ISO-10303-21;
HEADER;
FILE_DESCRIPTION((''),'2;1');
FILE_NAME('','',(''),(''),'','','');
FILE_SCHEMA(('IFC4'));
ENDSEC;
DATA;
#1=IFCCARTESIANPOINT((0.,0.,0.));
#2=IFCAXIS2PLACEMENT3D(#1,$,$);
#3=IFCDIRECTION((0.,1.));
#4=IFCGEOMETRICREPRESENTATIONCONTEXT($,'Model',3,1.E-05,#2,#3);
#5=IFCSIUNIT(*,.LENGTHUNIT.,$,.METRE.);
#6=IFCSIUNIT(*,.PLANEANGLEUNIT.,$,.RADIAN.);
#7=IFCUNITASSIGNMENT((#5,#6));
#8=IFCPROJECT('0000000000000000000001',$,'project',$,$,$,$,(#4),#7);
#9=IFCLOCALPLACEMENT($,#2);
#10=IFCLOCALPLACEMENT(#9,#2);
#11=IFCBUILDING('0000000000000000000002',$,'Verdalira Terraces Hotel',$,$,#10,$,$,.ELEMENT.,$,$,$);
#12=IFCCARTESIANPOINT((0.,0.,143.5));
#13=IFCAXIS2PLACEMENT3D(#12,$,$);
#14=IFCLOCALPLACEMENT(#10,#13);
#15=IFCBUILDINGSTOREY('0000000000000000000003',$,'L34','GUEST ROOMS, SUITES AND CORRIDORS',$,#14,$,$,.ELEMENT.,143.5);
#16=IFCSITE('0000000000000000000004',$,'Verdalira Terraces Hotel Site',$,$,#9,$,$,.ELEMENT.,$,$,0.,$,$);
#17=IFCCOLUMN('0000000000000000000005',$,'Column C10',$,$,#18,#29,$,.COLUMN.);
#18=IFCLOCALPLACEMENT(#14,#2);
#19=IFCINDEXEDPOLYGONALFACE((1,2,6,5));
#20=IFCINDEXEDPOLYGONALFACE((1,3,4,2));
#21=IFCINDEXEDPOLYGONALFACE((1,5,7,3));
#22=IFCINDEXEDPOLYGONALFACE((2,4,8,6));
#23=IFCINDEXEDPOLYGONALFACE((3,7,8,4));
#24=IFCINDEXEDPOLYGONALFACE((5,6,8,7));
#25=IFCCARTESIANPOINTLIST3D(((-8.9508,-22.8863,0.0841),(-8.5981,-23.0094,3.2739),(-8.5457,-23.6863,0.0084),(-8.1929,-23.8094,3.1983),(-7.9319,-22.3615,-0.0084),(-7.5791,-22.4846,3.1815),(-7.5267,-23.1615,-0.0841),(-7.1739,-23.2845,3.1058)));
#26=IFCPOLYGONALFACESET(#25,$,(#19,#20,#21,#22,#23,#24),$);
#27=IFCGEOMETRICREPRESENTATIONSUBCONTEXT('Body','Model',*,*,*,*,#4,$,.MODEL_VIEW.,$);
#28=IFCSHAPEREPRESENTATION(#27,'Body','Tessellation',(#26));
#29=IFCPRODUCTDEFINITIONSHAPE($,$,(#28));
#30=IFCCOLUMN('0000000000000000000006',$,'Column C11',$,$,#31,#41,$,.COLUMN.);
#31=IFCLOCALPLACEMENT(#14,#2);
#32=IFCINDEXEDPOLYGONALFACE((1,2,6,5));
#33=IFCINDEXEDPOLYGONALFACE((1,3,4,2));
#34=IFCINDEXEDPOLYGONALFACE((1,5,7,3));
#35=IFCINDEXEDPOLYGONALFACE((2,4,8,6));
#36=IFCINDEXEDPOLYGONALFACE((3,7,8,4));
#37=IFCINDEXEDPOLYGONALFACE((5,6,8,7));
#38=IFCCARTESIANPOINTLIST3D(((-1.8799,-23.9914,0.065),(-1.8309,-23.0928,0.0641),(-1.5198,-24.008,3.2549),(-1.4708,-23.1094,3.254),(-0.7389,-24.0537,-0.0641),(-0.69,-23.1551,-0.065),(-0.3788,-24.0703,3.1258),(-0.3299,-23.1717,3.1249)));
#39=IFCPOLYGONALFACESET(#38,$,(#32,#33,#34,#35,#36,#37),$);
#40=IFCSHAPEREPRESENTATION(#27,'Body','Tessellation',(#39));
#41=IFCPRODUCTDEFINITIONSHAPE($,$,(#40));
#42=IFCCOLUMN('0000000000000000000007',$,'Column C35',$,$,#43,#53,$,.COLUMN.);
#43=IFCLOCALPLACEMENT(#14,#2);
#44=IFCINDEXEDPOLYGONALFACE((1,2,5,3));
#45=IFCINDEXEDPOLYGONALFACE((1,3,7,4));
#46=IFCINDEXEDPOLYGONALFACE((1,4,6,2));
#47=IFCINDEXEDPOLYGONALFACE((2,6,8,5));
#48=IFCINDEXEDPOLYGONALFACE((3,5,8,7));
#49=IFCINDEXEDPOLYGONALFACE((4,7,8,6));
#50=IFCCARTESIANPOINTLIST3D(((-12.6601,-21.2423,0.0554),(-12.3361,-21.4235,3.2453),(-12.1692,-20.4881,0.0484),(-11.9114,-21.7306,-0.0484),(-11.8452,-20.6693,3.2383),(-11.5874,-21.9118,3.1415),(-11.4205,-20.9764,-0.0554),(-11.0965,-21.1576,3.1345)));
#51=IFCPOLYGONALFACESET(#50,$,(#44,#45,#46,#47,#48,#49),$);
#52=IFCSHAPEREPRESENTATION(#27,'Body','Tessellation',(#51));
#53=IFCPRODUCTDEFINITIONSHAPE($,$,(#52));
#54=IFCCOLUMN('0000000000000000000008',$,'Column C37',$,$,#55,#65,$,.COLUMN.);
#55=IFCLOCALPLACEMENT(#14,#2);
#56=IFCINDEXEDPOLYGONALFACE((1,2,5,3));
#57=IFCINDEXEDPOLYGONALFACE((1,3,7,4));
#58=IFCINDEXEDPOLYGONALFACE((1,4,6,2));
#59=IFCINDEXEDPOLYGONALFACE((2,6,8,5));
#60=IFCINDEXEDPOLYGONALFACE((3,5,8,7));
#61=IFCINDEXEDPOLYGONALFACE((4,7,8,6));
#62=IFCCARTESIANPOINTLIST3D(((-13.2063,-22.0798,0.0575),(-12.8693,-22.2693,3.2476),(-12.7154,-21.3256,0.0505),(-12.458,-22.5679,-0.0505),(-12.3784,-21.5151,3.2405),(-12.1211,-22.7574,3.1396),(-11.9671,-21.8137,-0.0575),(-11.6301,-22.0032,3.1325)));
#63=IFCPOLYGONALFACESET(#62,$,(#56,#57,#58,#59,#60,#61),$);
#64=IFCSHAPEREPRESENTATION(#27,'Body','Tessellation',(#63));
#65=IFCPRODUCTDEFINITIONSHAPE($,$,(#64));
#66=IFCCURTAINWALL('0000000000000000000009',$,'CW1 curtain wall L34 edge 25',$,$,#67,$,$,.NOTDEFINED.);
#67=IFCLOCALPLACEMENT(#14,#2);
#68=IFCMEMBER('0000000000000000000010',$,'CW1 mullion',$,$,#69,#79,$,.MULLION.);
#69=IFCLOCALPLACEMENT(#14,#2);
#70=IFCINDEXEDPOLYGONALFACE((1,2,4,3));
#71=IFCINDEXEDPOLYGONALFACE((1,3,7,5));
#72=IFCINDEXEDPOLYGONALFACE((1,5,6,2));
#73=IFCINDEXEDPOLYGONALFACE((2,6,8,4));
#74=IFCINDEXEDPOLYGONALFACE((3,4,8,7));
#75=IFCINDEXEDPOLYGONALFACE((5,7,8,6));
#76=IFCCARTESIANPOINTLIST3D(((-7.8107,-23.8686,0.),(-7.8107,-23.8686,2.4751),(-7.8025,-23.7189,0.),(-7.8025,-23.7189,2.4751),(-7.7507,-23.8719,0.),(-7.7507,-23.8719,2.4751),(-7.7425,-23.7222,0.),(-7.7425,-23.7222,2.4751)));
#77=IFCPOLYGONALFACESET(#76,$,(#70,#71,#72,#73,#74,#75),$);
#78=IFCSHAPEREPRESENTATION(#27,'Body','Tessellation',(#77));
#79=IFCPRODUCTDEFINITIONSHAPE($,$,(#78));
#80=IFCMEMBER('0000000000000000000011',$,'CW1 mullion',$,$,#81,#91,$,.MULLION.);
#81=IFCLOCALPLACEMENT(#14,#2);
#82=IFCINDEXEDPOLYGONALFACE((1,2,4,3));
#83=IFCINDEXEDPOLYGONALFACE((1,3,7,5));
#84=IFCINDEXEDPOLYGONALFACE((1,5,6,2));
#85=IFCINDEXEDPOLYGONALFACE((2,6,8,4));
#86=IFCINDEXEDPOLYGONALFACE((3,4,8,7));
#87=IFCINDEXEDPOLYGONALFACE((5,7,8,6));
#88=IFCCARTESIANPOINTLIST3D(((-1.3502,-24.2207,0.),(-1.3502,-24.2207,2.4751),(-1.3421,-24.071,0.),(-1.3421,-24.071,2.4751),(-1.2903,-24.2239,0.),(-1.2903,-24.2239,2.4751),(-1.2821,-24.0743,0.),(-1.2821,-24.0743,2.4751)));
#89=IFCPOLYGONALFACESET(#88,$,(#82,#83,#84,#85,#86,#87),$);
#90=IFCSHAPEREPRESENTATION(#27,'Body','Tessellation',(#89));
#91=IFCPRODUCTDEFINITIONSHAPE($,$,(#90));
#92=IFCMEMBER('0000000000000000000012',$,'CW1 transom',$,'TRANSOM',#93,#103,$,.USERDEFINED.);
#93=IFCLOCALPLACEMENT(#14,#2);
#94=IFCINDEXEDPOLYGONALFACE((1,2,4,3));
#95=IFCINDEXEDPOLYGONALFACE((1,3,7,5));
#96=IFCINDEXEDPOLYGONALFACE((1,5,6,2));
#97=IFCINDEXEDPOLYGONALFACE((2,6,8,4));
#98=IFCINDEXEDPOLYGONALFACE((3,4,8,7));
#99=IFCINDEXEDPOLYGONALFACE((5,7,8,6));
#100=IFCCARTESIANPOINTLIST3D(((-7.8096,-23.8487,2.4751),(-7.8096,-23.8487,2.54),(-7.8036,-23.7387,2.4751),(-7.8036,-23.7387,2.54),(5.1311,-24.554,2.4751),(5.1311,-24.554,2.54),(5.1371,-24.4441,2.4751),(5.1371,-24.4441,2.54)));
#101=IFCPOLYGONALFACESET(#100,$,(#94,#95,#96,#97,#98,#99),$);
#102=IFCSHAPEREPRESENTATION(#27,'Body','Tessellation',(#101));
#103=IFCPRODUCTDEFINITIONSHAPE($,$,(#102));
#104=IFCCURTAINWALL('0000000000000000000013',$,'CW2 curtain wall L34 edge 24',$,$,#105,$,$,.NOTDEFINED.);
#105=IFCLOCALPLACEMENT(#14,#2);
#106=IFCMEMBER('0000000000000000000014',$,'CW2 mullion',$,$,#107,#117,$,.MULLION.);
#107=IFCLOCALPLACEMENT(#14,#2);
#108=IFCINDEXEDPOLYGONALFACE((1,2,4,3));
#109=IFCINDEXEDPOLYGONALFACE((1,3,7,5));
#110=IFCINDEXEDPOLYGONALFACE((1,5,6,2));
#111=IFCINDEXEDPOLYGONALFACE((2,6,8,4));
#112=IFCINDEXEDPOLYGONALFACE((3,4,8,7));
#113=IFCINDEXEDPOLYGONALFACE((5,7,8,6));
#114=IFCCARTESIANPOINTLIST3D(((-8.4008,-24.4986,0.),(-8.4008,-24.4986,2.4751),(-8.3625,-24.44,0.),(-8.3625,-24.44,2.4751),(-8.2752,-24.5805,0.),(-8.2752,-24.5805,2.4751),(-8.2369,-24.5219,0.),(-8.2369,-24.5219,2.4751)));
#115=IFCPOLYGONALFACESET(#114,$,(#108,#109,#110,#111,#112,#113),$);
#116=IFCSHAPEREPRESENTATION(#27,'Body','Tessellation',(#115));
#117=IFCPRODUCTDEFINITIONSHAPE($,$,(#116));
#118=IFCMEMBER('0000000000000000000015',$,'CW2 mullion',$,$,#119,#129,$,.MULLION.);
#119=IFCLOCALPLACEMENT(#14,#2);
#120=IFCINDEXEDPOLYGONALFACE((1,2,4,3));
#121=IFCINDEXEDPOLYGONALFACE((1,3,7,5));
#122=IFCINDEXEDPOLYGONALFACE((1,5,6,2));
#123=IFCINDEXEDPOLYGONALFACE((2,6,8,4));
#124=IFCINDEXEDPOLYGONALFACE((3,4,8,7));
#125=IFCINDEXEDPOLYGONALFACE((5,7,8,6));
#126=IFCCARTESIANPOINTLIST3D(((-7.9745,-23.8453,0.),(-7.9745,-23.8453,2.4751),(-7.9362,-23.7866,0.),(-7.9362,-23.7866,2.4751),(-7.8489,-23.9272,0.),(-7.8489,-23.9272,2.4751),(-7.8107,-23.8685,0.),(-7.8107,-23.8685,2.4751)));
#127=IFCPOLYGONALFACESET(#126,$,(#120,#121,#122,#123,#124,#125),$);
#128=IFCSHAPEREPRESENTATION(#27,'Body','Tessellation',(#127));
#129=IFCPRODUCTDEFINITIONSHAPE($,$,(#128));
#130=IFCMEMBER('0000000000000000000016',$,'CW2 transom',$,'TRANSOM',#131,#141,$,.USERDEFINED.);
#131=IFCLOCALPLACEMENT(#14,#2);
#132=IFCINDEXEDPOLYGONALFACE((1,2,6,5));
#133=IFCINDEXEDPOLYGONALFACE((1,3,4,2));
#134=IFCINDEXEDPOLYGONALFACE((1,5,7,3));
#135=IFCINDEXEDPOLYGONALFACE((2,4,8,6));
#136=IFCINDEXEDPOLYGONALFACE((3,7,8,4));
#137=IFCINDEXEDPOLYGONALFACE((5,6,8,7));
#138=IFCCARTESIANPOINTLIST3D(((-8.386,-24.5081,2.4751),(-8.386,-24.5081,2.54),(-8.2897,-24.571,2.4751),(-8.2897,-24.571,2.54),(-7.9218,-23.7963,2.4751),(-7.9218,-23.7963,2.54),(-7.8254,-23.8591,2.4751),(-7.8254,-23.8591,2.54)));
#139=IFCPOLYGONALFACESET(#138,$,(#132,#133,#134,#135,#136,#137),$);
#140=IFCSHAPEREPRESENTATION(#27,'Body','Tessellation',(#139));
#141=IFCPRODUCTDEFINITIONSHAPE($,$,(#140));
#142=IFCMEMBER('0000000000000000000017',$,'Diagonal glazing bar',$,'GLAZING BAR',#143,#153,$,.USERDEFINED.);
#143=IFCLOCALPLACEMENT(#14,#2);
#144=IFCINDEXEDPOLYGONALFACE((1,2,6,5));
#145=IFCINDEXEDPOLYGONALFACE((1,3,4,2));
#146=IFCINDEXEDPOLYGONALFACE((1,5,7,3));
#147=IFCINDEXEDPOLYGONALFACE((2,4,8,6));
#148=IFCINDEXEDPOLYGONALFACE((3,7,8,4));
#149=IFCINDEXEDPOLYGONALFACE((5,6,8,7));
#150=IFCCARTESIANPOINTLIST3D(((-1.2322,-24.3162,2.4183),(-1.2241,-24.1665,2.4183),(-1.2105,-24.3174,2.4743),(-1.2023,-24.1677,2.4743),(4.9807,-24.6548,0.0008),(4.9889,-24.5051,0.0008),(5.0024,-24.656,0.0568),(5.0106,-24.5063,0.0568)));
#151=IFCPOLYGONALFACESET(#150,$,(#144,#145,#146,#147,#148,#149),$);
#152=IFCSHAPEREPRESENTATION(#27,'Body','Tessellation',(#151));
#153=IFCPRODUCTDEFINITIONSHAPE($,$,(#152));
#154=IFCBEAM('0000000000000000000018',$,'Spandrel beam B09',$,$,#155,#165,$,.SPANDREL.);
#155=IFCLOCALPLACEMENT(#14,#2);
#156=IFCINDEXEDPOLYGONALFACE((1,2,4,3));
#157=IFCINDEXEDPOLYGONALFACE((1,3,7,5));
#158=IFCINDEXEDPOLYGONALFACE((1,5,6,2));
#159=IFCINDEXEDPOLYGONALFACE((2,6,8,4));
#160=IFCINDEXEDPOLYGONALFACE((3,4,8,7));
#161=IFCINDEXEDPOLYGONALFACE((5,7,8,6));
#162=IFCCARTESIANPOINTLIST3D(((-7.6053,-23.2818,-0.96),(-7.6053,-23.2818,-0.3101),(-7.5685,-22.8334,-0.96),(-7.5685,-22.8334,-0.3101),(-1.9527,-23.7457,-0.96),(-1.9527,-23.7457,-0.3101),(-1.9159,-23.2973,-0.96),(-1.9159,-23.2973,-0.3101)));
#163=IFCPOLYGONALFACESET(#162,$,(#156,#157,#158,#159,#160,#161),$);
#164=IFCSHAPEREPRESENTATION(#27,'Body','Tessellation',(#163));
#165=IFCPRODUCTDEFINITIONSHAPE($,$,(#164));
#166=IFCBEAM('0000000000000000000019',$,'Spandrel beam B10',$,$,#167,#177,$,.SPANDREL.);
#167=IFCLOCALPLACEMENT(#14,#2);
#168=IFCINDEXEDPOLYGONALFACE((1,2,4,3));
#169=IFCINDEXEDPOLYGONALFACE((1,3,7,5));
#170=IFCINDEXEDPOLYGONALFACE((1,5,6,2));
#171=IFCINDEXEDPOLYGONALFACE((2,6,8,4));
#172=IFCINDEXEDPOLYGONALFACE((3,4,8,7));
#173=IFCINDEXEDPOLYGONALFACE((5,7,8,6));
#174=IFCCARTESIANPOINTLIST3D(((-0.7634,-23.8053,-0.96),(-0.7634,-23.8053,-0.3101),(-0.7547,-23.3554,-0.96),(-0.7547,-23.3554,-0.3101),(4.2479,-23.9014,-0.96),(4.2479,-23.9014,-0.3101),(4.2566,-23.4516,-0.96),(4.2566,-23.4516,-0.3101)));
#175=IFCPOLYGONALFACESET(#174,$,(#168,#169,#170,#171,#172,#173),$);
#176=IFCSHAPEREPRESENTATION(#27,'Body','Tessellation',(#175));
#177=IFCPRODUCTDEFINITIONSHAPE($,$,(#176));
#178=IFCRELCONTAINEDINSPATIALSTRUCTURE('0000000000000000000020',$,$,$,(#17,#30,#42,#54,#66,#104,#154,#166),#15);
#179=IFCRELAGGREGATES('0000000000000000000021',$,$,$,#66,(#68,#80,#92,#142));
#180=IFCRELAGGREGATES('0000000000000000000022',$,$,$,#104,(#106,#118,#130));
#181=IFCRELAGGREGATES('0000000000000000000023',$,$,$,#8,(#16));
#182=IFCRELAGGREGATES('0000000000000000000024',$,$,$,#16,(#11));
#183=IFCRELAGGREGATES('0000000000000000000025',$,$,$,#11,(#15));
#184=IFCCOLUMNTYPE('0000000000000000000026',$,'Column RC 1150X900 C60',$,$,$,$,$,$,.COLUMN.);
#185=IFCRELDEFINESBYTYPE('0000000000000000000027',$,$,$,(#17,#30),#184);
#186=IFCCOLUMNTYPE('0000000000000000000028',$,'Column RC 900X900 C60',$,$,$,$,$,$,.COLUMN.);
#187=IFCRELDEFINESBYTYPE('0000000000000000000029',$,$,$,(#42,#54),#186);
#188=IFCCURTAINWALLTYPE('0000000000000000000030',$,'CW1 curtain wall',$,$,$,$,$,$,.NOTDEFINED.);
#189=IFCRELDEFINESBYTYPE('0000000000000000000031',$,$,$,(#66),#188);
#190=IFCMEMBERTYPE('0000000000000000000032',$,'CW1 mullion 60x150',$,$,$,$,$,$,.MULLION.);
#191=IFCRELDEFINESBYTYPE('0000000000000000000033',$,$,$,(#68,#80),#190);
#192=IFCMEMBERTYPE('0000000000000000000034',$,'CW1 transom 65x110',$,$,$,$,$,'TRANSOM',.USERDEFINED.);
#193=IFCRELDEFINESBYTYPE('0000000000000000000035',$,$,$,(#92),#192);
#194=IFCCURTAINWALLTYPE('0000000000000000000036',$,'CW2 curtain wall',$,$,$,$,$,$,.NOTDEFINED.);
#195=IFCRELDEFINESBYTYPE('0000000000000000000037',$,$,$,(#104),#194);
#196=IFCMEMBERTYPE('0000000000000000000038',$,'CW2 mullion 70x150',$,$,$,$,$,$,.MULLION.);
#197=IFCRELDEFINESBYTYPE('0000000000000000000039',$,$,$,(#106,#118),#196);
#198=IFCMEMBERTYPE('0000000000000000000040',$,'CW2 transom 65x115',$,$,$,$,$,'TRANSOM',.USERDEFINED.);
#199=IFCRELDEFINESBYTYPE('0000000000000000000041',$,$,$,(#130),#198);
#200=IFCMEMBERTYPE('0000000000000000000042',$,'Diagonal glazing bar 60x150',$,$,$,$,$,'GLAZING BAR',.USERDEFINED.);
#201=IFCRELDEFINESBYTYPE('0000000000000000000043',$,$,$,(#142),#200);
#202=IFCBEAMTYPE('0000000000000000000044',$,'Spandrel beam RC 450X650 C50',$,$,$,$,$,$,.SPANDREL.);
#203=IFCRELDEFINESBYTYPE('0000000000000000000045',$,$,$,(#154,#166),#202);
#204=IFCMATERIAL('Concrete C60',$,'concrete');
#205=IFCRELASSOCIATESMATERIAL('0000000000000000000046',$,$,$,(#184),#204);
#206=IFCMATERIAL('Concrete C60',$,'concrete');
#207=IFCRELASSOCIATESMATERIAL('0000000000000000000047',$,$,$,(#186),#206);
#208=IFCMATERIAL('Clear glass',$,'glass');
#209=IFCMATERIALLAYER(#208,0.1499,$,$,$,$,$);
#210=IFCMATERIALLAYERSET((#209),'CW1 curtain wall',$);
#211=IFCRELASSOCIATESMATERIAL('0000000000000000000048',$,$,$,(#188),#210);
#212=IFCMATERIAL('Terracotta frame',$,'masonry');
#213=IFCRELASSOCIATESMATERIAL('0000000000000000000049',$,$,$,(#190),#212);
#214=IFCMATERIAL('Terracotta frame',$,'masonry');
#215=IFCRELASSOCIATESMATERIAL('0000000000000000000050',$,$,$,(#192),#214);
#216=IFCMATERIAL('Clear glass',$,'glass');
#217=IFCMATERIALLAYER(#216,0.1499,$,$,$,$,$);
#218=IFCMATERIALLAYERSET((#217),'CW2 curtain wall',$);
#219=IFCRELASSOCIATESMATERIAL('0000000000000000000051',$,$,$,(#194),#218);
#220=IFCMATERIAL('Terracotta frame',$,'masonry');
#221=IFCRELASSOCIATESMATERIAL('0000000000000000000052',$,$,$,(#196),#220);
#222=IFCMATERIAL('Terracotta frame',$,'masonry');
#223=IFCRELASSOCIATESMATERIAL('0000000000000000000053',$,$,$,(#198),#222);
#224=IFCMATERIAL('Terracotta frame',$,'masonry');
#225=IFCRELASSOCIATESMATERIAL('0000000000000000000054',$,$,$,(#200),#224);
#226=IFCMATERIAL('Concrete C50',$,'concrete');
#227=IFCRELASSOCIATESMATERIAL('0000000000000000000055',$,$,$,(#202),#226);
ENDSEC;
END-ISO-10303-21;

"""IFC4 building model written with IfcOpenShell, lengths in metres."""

from ifc_helpers import new_model, si_unit, direction, frame, origin, origin_2d, place, context, subcontext, project, spatial, rectangle, extrude, material, layer, layer_set, material_profile, profile_set, type_object, element, aggregate, save


model = new_model("IFC4")

# Units and contexts
model_context = context("Model", 3, precision=1e-05, world=origin(), true_north=direction((0.0, 1.0)))
body_context = subcontext(model_context, "Body", "Model", "MODEL_VIEW")
ifc_project = project(units=[si_unit("LENGTHUNIT", "METRE"), si_unit("PLANEANGLEUNIT", "RADIAN")], contexts=[model_context])

# Site, building, storey
site_placement = place(None, origin())
site = spatial("IfcSite", under=ifc_project, at=site_placement, Name="Verdalira Terraces Hotel Site", CompositionType="ELEMENT", RefElevation=0.0)
building_placement = place(site_placement, origin())
building = spatial("IfcBuilding", under=site, at=building_placement, Name="Verdalira Terraces Hotel", CompositionType="ELEMENT")
storey_placement = place(building_placement, frame((0.0, 0.0, 143.5)))
storey = spatial("IfcBuildingStorey", under=building, at=storey_placement, Name="L34", Description="GUEST ROOMS, SUITES AND CORRIDORS", CompositionType="ELEMENT", Elevation=143.5)

# Columns
ifc_material_1 = material(Name="Concrete C60", Category="concrete")
ifc_material_profile_1 = material_profile(ifc_material_1, rectangle(XDim=1.1499, YDim=0.8999, at=origin_2d()), Name="RC 1150X900")
ifc_profile_set_1 = profile_set([ifc_material_profile_1], Name="Concrete C60")
column_type_1 = type_object("IfcColumnType", Name="Column RC 1150X900 C60", PredefinedType="COLUMN", material=ifc_profile_set_1)
column_1_placement = place(storey_placement, frame((-8.2388, -23.0239, 0.0), z_axis=(0.109842, -0.038312, 0.99321), x_axis=(-0.886136, -0.456399, 0.080395)))
element("IfcColumn", 1, at=column_1_placement, inside=storey, type_object=column_type_1, Name="Column C10", PredefinedType="COLUMN", context=body_context, shape_type="SweptSolid", body=[
    extrude(rectangle(XDim=1.1499, YDim=0.8999, at=origin_2d()), origin(), (0.0, 0.0, 1.0), 3.2117),
])
column_2_placement = place(storey_placement, frame((-1.2849, -23.5732, 0.0), z_axis=(0.112174, -0.005171, 0.993675), x_axis=(0.992197, -0.054183, -0.11229)))
element("IfcColumn", 2, at=column_2_placement, inside=storey, type_object=column_type_1, Name="Column C11", PredefinedType="COLUMN", context=body_context, shape_type="SweptSolid", body=[
    extrude(rectangle(XDim=1.1499, YDim=0.8999, at=origin_2d()), origin(), (0.0, 0.0, 1.0), 3.2102),
])
ifc_material_2 = material(Name="Concrete C60", Category="concrete")
ifc_material_profile_2 = material_profile(ifc_material_2, rectangle(XDim=0.8999, YDim=0.8999, at=origin_2d()), Name="RC 900X900")
ifc_profile_set_2 = profile_set([ifc_material_profile_2], Name="Concrete C60")
column_type_2 = type_object("IfcColumnType", Name="Column RC 900X900 C60", PredefinedType="COLUMN", material=ifc_profile_set_2)
column_3_placement = place(storey_placement, frame((-12.0403, -21.1094, 0.0), z_axis=(0.100881, -0.056408, 0.993298), x_axis=(-0.545511, -0.838067, 0.00781)))
element("IfcColumn", 3, at=column_3_placement, inside=storey, type_object=column_type_2, Name="Column C35", PredefinedType="COLUMN", context=body_context, shape_type="SweptSolid", body=[
    extrude(rectangle(XDim=0.8999, YDim=0.8999, at=origin_2d()), origin(), (0.0, 0.0, 1.0), 3.2114),
])
column_4_placement = place(storey_placement, frame((-12.5867, -21.9468, 0.0), z_axis=(0.104851, -0.05896, 0.992739), x_axis=(-0.545516, -0.838064, 0.007843)))
element("IfcColumn", 4, at=column_4_placement, inside=storey, type_object=column_type_2, Name="Column C37", PredefinedType="COLUMN", context=body_context, shape_type="SweptSolid", body=[
    extrude(rectangle(XDim=0.8999, YDim=0.8999, at=origin_2d()), origin(), (0.0, 0.0, 1.0), 3.2134),
])

# Curtain walls, members
ifc_material_3 = material(Name="Clear glass", Category="glass")
ifc_layer_1 = layer(ifc_material_3, 0.1499)
ifc_layer_set_1 = layer_set([ifc_layer_1], Name="CW1 curtain wall")
curtain_wall_type_1 = type_object("IfcCurtainWallType", Name="CW1 curtain wall", PredefinedType="NOTDEFINED", material=ifc_layer_set_1)
curtain_wall_1_placement = place(storey_placement, origin())
curtain_wall_1 = element("IfcCurtainWall", 5, at=curtain_wall_1_placement, inside=storey, type_object=curtain_wall_type_1, Name="CW1 curtain wall L34 edge 25", PredefinedType="NOTDEFINED")
ifc_material_4 = material(Name="Terracotta frame", Category="masonry")
ifc_material_profile_3 = material_profile(ifc_material_4, rectangle(XDim=0.0601, YDim=0.1499, at=origin_2d()), Name="MU 60x150")
ifc_profile_set_3 = profile_set([ifc_material_profile_3], Name="Terracotta frame")
member_type_1 = type_object("IfcMemberType", Name="CW1 mullion 60x150", PredefinedType="MULLION", material=ifc_profile_set_3)
member_1_placement = place(storey_placement, frame((-7.7766, -23.7954, 0.0), z_axis=(0.0, 0.0, 1.0), x_axis=(0.998518, -0.054427, 0.0)))
member_1 = element("IfcMember", 6, at=member_1_placement, type_object=member_type_1, Name="CW1 mullion", PredefinedType="MULLION", context=body_context, shape_type="SweptSolid", body=[
    extrude(rectangle(XDim=0.0601, YDim=0.1499, at=origin_2d()), origin(), (0.0, 0.0, 1.0), 2.4751),
])
member_2_placement = place(storey_placement, frame((-1.3162, -24.1475, 0.0), z_axis=(0.0, 0.0, 1.0), x_axis=(0.998518, -0.054427, 0.0)))
member_2 = element("IfcMember", 7, at=member_2_placement, type_object=member_type_1, Name="CW1 mullion", PredefinedType="MULLION", context=body_context, shape_type="SweptSolid", body=[
    extrude(rectangle(XDim=0.0601, YDim=0.1499, at=origin_2d()), origin(), (0.0, 0.0, 1.0), 2.4751),
])
ifc_material_5 = material(Name="Terracotta frame", Category="masonry")
ifc_material_profile_4 = material_profile(ifc_material_5, rectangle(XDim=0.1101, YDim=0.0649, at=origin_2d()), Name="TR 65x110")
ifc_profile_set_4 = profile_set([ifc_material_profile_4], Name="Terracotta frame")
member_type_2 = type_object("IfcMemberType", Name="CW1 transom 65x110", ElementType="TRANSOM", PredefinedType="USERDEFINED", material=ifc_profile_set_4)
member_3_placement = place(storey_placement, frame((-7.8066, -23.7937, 2.5076), z_axis=(0.998518, -0.054424, 0.0), x_axis=(0.054424, 0.998518, 0.0)))
member_3 = element("IfcMember", 8, at=member_3_placement, type_object=member_type_2, Name="CW1 transom", ObjectType="TRANSOM", PredefinedType="USERDEFINED", context=body_context, shape_type="SweptSolid", body=[
    extrude(rectangle(XDim=0.1101, YDim=0.0649, at=origin_2d()), origin(), (0.0, 0.0, 1.0), 12.96),
])
ifc_material_6 = material(Name="Clear glass", Category="glass")
ifc_layer_2 = layer(ifc_material_6, 0.1499)
ifc_layer_set_2 = layer_set([ifc_layer_2], Name="CW2 curtain wall")
curtain_wall_type_2 = type_object("IfcCurtainWallType", Name="CW2 curtain wall", PredefinedType="NOTDEFINED", material=ifc_layer_set_2)
curtain_wall_2_placement = place(storey_placement, origin())
curtain_wall_2 = element("IfcCurtainWall", 9, at=curtain_wall_2_placement, inside=storey, type_object=curtain_wall_type_2, Name="CW2 curtain wall L34 edge 24", PredefinedType="NOTDEFINED")
ifc_material_7 = material(Name="Terracotta frame", Category="masonry")
ifc_material_profile_5 = material_profile(ifc_material_7, rectangle(XDim=0.0701, YDim=0.1499, at=origin_2d()), Name="MU 70x150")
ifc_profile_set_5 = profile_set([ifc_material_profile_5], Name="Terracotta frame")
member_type_3 = type_object("IfcMemberType", Name="CW2 mullion 70x150", PredefinedType="MULLION", material=ifc_profile_set_5)
member_4_placement = place(storey_placement, frame((-8.3188, -24.5103, 0.0), z_axis=(0.0, 0.0, 1.0), x_axis=(0.546394, 0.837528, 0.0)))
member_4 = element("IfcMember", 10, at=member_4_placement, type_object=member_type_3, Name="CW2 mullion", PredefinedType="MULLION", context=body_context, shape_type="SweptSolid", body=[
    extrude(rectangle(XDim=0.0701, YDim=0.1499, at=origin_2d()), origin(), (0.0, 0.0, 1.0), 2.4751),
])
member_5_placement = place(storey_placement, frame((-7.8926, -23.8569, 0.0), z_axis=(0.0, 0.0, 1.0), x_axis=(0.546394, 0.837528, 0.0)))
member_5 = element("IfcMember", 11, at=member_5_placement, type_object=member_type_3, Name="CW2 mullion", PredefinedType="MULLION", context=body_context, shape_type="SweptSolid", body=[
    extrude(rectangle(XDim=0.0701, YDim=0.1499, at=origin_2d()), origin(), (0.0, 0.0, 1.0), 2.4751),
])
ifc_material_8 = material(Name="Terracotta frame", Category="masonry")
ifc_material_profile_6 = material_profile(ifc_material_8, rectangle(XDim=0.115, YDim=0.0649, at=origin_2d()), Name="TR 65x115")
ifc_profile_set_6 = profile_set([ifc_material_profile_6], Name="Terracotta frame")
member_type_4 = type_object("IfcMemberType", Name="CW2 transom 65x115", ElementType="TRANSOM", PredefinedType="USERDEFINED", material=ifc_profile_set_6)
member_6_placement = place(storey_placement, frame((-8.3379, -24.5396, 2.5076), z_axis=(0.54632, 0.837576, 0.0), x_axis=(-0.837576, 0.54632, 0.0)))
member_6 = element("IfcMember", 12, at=member_6_placement, type_object=member_type_4, Name="CW2 transom", ObjectType="TRANSOM", PredefinedType="USERDEFINED", context=body_context, shape_type="SweptSolid", body=[
    extrude(rectangle(XDim=0.115, YDim=0.0649, at=origin_2d()), origin(), (0.0, 0.0, 1.0), 0.8499),
])

# Member
ifc_material_9 = material(Name="Terracotta frame", Category="masonry")
ifc_material_profile_7 = material_profile(ifc_material_9, rectangle(XDim=0.1499, YDim=0.0601, at=origin_2d()), Name="GB 60x150")
ifc_profile_set_7 = profile_set([ifc_material_profile_7], Name="Terracotta frame")
member_type_5 = type_object("IfcMemberType", Name="Diagonal glazing bar 60x150", ElementType="GLAZING BAR", PredefinedType="USERDEFINED", material=ifc_profile_set_7)
member_7_placement = place(storey_placement, frame((-1.2173, -24.2419, 2.4463), z_axis=(0.930736, -0.050728, -0.362156), x_axis=(0.054423, 0.998518, 0.0)))
member_7 = element("IfcMember", 13, at=member_7_placement, type_object=member_type_5, Name="Diagonal glazing bar", ObjectType="GLAZING BAR", PredefinedType="USERDEFINED", context=body_context, shape_type="SweptSolid", body=[
    extrude(rectangle(XDim=0.1499, YDim=0.0601, at=origin_2d()), origin(), (0.0, 0.0, 1.0), 6.6753),
])

# Beams
ifc_material_10 = material(Name="Concrete C50", Category="concrete")
ifc_material_profile_8 = material_profile(ifc_material_10, rectangle(XDim=0.45, YDim=0.6499, at=origin_2d()), Name="RC 450X650")
ifc_profile_set_8 = profile_set([ifc_material_profile_8], Name="Concrete C50")
beam_type = type_object("IfcBeamType", Name="Spandrel beam RC 450X650 C50", PredefinedType="SPANDREL", material=ifc_profile_set_8)
beam_1_placement = place(storey_placement, frame((-7.5869, -23.0576, -0.635), z_axis=(0.99665, -0.081788, 0.0), x_axis=(0.081788, 0.99665, 0.0)))
element("IfcBeam", 14, at=beam_1_placement, inside=storey, type_object=beam_type, Name="Spandrel beam B09", PredefinedType="SPANDREL", context=body_context, shape_type="SweptSolid", body=[
    extrude(rectangle(XDim=0.45, YDim=0.6499, at=origin_2d()), origin(), (0.0, 0.0, 1.0), 5.6716),
])
beam_2_placement = place(storey_placement, frame((-0.759, -23.5803, -0.635), z_axis=(0.999816, -0.019192, 0.0), x_axis=(0.019192, 0.999816, 0.0)))
element("IfcBeam", 15, at=beam_2_placement, inside=storey, type_object=beam_type, Name="Spandrel beam B10", PredefinedType="SPANDREL", context=body_context, shape_type="SweptSolid", body=[
    extrude(rectangle(XDim=0.45, YDim=0.6499, at=origin_2d()), origin(), (0.0, 0.0, 1.0), 5.0122),
])

aggregate(curtain_wall_1, [member_1, member_2, member_3, member_7])
aggregate(curtain_wall_2, [member_4, member_5, member_6])

save(model, "model.ifc")
